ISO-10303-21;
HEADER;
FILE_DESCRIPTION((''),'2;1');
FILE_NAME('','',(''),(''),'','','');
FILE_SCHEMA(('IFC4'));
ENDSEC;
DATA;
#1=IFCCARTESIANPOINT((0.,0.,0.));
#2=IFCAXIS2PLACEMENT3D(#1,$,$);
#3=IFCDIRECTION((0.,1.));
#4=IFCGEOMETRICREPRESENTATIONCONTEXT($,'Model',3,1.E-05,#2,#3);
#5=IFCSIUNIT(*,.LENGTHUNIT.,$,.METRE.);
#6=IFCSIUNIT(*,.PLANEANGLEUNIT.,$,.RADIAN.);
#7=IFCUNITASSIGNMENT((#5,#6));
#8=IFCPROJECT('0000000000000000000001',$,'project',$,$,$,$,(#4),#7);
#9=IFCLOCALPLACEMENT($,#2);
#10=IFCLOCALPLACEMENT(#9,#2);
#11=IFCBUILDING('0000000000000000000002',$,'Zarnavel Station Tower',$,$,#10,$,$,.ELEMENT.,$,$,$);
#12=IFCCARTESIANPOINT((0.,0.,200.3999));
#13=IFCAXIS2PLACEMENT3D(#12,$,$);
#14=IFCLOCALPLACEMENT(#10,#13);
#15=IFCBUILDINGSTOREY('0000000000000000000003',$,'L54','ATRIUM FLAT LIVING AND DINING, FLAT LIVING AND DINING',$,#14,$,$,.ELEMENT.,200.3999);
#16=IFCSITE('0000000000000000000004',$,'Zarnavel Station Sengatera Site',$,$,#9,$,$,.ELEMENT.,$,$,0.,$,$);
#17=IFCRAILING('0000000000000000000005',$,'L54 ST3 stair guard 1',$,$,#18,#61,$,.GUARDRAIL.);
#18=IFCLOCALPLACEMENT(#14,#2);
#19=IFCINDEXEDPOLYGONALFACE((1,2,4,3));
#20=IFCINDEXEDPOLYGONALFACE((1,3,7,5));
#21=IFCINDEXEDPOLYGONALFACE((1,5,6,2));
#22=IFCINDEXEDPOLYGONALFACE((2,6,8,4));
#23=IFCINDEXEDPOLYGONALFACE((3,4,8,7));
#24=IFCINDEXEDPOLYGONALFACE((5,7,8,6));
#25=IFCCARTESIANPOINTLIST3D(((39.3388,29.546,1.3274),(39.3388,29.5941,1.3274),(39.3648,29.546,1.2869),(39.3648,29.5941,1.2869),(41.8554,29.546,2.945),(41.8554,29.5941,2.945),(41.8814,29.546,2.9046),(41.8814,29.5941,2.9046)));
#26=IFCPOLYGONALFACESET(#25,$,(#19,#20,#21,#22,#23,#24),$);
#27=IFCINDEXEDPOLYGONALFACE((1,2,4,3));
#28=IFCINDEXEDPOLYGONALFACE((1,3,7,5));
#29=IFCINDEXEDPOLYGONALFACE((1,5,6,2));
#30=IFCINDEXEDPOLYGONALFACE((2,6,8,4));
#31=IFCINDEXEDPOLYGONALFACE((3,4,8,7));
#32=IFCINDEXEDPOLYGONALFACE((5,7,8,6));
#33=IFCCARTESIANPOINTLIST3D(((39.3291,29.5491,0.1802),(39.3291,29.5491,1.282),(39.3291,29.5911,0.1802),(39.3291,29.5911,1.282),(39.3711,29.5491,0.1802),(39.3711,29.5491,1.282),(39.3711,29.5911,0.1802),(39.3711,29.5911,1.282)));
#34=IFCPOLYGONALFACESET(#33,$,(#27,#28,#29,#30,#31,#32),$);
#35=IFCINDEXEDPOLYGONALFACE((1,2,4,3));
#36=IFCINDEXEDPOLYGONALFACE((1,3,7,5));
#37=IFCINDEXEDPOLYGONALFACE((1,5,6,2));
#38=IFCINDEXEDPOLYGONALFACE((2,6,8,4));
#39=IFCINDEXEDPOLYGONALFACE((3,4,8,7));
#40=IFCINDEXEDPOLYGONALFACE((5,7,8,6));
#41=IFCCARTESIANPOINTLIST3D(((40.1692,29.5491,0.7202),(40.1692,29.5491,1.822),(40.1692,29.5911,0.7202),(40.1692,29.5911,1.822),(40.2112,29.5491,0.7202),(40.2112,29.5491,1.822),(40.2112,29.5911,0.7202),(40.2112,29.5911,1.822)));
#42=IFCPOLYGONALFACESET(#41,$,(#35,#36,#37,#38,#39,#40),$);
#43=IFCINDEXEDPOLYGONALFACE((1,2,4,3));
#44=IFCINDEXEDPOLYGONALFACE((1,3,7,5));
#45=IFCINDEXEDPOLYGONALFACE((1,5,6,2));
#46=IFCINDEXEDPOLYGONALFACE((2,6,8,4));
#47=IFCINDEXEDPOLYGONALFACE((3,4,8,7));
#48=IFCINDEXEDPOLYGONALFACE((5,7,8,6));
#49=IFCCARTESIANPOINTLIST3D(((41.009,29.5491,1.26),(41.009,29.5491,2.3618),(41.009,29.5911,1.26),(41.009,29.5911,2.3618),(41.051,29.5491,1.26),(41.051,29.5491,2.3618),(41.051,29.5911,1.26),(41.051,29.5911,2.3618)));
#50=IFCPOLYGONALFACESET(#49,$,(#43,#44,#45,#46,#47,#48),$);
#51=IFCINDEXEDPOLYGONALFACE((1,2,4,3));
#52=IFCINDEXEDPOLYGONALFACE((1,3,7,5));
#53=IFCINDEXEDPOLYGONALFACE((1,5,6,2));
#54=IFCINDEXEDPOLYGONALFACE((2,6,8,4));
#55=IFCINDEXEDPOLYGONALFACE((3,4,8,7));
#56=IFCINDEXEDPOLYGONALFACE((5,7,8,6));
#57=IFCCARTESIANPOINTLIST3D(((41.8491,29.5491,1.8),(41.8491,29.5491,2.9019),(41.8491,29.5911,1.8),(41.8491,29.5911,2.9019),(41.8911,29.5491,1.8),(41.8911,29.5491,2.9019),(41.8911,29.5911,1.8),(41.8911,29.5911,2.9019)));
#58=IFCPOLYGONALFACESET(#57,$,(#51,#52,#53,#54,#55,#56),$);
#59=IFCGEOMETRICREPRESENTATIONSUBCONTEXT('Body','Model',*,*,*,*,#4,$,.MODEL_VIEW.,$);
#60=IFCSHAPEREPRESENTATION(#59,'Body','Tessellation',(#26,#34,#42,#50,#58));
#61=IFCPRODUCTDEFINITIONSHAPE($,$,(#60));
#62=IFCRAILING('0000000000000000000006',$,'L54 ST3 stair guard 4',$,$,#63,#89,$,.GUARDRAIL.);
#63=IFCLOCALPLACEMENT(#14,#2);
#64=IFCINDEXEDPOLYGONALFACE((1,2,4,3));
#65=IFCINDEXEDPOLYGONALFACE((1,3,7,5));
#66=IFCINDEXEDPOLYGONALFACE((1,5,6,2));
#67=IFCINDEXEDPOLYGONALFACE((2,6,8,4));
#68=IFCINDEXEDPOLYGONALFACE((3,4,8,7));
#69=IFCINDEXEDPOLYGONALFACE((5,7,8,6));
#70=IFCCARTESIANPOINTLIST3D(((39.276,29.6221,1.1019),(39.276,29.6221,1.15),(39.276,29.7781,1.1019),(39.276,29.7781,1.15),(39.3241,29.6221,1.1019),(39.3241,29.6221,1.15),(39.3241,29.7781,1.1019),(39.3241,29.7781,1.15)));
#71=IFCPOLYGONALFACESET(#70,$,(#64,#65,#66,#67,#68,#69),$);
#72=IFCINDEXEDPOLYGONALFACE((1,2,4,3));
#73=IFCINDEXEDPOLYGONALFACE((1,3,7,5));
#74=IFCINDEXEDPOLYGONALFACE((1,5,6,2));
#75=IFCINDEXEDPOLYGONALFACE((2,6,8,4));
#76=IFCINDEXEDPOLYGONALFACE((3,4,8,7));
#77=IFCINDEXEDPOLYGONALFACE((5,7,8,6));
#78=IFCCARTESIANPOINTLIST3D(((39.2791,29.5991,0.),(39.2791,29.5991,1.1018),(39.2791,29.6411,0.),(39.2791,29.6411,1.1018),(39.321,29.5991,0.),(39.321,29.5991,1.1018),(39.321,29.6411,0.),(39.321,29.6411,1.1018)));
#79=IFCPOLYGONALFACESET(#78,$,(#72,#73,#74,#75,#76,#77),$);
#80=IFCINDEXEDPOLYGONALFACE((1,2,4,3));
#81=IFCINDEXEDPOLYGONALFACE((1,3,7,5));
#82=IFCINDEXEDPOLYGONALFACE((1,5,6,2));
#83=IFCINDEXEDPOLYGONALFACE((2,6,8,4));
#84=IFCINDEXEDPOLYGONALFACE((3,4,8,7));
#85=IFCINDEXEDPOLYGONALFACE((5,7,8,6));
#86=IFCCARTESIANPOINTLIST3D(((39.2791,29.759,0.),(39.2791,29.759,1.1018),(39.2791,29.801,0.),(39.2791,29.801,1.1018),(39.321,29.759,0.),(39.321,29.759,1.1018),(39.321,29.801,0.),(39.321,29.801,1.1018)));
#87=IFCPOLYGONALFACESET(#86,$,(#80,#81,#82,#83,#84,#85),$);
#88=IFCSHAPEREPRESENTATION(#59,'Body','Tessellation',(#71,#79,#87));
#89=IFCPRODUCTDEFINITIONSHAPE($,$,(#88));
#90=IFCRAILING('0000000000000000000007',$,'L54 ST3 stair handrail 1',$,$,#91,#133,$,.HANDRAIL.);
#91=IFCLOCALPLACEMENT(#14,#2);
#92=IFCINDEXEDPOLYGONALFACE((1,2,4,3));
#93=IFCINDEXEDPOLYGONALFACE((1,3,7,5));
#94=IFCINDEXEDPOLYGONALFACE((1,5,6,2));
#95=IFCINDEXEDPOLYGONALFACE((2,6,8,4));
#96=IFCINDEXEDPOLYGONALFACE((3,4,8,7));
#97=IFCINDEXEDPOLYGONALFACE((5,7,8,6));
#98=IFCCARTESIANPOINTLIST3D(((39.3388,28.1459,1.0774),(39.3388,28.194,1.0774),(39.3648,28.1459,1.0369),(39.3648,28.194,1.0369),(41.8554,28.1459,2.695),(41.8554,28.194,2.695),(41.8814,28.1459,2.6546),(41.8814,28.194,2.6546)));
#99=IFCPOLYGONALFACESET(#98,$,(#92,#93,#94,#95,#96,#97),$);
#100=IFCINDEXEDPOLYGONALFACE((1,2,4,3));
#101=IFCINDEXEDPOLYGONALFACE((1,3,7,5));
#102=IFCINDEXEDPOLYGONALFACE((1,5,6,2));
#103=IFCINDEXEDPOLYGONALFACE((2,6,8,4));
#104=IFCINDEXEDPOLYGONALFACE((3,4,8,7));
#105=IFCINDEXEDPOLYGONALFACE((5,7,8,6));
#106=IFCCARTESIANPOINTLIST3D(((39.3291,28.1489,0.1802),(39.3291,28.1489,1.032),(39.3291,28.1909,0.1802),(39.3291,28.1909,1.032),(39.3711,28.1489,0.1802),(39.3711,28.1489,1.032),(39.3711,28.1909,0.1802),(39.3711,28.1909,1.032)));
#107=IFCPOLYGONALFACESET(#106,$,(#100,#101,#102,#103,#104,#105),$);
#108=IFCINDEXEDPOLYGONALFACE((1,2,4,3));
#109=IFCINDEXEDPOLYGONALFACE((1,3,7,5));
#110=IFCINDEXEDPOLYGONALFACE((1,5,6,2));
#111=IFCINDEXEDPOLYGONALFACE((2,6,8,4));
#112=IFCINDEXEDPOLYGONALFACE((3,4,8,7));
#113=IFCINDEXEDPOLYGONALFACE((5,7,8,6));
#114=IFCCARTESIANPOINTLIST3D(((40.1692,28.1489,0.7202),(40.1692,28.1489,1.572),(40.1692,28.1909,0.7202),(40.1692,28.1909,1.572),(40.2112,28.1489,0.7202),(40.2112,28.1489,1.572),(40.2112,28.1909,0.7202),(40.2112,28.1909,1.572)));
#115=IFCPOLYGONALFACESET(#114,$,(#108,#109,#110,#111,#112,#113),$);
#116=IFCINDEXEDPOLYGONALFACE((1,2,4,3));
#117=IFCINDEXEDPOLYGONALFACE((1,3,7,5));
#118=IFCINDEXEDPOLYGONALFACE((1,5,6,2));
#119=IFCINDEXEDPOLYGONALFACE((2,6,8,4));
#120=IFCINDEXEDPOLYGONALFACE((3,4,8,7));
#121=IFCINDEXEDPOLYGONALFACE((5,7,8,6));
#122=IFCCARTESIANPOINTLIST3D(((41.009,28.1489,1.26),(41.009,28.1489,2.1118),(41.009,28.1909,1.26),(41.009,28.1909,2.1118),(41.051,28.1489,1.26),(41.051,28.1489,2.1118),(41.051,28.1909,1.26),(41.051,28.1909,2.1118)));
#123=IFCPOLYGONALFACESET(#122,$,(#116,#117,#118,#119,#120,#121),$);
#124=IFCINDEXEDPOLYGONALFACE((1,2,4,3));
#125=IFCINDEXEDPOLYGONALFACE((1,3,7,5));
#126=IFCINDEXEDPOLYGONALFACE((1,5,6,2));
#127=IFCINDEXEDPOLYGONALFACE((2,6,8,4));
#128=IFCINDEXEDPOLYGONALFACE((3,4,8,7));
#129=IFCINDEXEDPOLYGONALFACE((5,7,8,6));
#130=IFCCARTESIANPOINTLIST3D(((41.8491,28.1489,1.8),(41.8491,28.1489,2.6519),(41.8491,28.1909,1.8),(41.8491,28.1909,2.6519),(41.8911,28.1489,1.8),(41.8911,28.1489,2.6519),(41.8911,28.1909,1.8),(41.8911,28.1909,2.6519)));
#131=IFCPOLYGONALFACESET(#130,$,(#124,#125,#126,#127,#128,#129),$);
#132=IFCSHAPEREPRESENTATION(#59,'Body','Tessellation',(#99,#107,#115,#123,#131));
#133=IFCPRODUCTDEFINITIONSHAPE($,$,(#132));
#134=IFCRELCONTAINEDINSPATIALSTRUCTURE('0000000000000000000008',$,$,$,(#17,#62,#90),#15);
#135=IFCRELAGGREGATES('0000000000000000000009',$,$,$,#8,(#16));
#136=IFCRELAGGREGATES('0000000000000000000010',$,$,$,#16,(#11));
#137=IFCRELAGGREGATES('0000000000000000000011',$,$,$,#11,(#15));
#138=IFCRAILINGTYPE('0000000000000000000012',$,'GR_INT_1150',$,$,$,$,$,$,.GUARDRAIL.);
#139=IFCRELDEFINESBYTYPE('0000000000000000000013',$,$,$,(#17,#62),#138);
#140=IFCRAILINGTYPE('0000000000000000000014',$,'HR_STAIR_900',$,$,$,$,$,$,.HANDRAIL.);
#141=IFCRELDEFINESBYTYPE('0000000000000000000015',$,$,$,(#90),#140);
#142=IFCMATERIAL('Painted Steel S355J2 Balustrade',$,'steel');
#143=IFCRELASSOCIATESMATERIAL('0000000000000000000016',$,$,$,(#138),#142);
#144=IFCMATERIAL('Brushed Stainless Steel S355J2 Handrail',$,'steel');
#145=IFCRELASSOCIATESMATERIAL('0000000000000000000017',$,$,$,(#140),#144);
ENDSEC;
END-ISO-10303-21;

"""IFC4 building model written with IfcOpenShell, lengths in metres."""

from ifc_helpers import new_model, si_unit, direction, frame, origin, origin_2d, place, context, subcontext, project, spatial, rectangle, extrude, material, type_object, element, save


model = new_model("IFC4")

# Units and contexts
model_context = context("Model", 3, precision=1e-05, world=origin(), true_north=direction((0.0, 1.0)))
body_context = subcontext(model_context, "Body", "Model", "MODEL_VIEW")
ifc_project = project(units=[si_unit("LENGTHUNIT", "METRE"), si_unit("PLANEANGLEUNIT", "RADIAN")], contexts=[model_context])

# Site, building, storey
site_placement = place(None, origin())
site = spatial("IfcSite", under=ifc_project, at=site_placement, Name="Zarnavel Station Sengatera Site", CompositionType="ELEMENT", RefElevation=0.0)
building_placement = place(site_placement, origin())
building = spatial("IfcBuilding", under=site, at=building_placement, Name="Zarnavel Station Tower", CompositionType="ELEMENT")
storey_placement = place(building_placement, frame((0.0, 0.0, 200.3999)))
storey = spatial("IfcBuildingStorey", under=building, at=storey_placement, Name="L54", Description="ATRIUM FLAT LIVING AND DINING, FLAT LIVING AND DINING", CompositionType="ELEMENT", Elevation=200.3999)

# Railings
ifc_material_1 = material(Name="Painted Steel S355J2 Balustrade", Category="steel")
railing_type_1 = type_object("IfcRailingType", Name="GR_INT_1150", PredefinedType="GUARDRAIL", material=ifc_material_1)
railing_1_placement = place(storey_placement, frame((39.3501, 29.5701, 0.1802)))
element("IfcRailing", 1, at=railing_1_placement, inside=storey, type_object=railing_type_1, Name="L54 ST3 stair guard 1", PredefinedType="GUARDRAIL", context=body_context, shape_type="SweptSolid", body=[
    extrude(rectangle(XDim=0.0481, YDim=0.0481, at=origin_2d()), frame((0.0017, 0.0, 1.127), z_axis=(0.8412, 0.0, 0.540725), x_axis=(0.0, 1.0, 0.0)), (0.0, 0.0, 1.0), 2.9917),
    extrude(rectangle(XDim=0.042, YDim=0.042, at=origin_2d()), origin(), (0.0, 0.0, 1.0), 1.1018),
    extrude(rectangle(XDim=0.042, YDim=0.042, at=origin_2d()), frame((0.8401, 0.0, 0.54)), (0.0, 0.0, 1.0), 1.1018),
    extrude(rectangle(XDim=0.042, YDim=0.042, at=origin_2d()), frame((1.6799, 0.0, 1.0798)), (0.0, 0.0, 1.0), 1.1018),
    extrude(rectangle(XDim=0.042, YDim=0.042, at=origin_2d()), frame((2.52, 0.0, 1.6199)), (0.0, 0.0, 1.0), 1.1018),
])
railing_2_placement = place(storey_placement, frame((39.3, 29.6201, 0.0)))
element("IfcRailing", 2, at=railing_2_placement, inside=storey, type_object=railing_type_1, Name="L54 ST3 stair guard 4", PredefinedType="GUARDRAIL", context=body_context, shape_type="SweptSolid", body=[
    extrude(rectangle(XDim=0.0481, YDim=0.0481, at=origin_2d()), frame((0.0, 0.002, 1.126), z_axis=(0.0, 1.0, 0.0), x_axis=(-1.0, 0.0, 0.0)), (0.0, 0.0, 1.0), 0.156),
    extrude(rectangle(XDim=0.042, YDim=0.042, at=origin_2d()), origin(), (0.0, 0.0, 1.0), 1.1018),
    extrude(rectangle(XDim=0.042, YDim=0.042, at=origin_2d()), frame((0.0, 0.1599, 0.0)), (0.0, 0.0, 1.0), 1.1018),
])
ifc_material_2 = material(Name="Brushed Stainless Steel S355J2 Handrail", Category="steel")
railing_type_2 = type_object("IfcRailingType", Name="HR_STAIR_900", PredefinedType="HANDRAIL", material=ifc_material_2)
railing_3_placement = place(storey_placement, frame((39.3501, 28.1699, 0.1802)))
element("IfcRailing", 3, at=railing_3_placement, inside=storey, type_object=railing_type_2, Name="L54 ST3 stair handrail 1", PredefinedType="HANDRAIL", context=body_context, shape_type="SweptSolid", body=[
    extrude(rectangle(XDim=0.0481, YDim=0.0481, at=origin_2d()), frame((0.0017, 0.0, 0.877), z_axis=(0.8412, 0.0, 0.540725), x_axis=(0.0, 1.0, 0.0)), (0.0, 0.0, 1.0), 2.9917),
    extrude(rectangle(XDim=0.042, YDim=0.042, at=origin_2d()), origin(), (0.0, 0.0, 1.0), 0.8518),
    extrude(rectangle(XDim=0.042, YDim=0.042, at=origin_2d()), frame((0.8401, 0.0, 0.54)), (0.0, 0.0, 1.0), 0.8518),
    extrude(rectangle(XDim=0.042, YDim=0.042, at=origin_2d()), frame((1.6799, 0.0, 1.0798)), (0.0, 0.0, 1.0), 0.8518),
    extrude(rectangle(XDim=0.042, YDim=0.042, at=origin_2d()), frame((2.52, 0.0, 1.6199)), (0.0, 0.0, 1.0), 0.8518),
])

save(model, "model.ifc")
